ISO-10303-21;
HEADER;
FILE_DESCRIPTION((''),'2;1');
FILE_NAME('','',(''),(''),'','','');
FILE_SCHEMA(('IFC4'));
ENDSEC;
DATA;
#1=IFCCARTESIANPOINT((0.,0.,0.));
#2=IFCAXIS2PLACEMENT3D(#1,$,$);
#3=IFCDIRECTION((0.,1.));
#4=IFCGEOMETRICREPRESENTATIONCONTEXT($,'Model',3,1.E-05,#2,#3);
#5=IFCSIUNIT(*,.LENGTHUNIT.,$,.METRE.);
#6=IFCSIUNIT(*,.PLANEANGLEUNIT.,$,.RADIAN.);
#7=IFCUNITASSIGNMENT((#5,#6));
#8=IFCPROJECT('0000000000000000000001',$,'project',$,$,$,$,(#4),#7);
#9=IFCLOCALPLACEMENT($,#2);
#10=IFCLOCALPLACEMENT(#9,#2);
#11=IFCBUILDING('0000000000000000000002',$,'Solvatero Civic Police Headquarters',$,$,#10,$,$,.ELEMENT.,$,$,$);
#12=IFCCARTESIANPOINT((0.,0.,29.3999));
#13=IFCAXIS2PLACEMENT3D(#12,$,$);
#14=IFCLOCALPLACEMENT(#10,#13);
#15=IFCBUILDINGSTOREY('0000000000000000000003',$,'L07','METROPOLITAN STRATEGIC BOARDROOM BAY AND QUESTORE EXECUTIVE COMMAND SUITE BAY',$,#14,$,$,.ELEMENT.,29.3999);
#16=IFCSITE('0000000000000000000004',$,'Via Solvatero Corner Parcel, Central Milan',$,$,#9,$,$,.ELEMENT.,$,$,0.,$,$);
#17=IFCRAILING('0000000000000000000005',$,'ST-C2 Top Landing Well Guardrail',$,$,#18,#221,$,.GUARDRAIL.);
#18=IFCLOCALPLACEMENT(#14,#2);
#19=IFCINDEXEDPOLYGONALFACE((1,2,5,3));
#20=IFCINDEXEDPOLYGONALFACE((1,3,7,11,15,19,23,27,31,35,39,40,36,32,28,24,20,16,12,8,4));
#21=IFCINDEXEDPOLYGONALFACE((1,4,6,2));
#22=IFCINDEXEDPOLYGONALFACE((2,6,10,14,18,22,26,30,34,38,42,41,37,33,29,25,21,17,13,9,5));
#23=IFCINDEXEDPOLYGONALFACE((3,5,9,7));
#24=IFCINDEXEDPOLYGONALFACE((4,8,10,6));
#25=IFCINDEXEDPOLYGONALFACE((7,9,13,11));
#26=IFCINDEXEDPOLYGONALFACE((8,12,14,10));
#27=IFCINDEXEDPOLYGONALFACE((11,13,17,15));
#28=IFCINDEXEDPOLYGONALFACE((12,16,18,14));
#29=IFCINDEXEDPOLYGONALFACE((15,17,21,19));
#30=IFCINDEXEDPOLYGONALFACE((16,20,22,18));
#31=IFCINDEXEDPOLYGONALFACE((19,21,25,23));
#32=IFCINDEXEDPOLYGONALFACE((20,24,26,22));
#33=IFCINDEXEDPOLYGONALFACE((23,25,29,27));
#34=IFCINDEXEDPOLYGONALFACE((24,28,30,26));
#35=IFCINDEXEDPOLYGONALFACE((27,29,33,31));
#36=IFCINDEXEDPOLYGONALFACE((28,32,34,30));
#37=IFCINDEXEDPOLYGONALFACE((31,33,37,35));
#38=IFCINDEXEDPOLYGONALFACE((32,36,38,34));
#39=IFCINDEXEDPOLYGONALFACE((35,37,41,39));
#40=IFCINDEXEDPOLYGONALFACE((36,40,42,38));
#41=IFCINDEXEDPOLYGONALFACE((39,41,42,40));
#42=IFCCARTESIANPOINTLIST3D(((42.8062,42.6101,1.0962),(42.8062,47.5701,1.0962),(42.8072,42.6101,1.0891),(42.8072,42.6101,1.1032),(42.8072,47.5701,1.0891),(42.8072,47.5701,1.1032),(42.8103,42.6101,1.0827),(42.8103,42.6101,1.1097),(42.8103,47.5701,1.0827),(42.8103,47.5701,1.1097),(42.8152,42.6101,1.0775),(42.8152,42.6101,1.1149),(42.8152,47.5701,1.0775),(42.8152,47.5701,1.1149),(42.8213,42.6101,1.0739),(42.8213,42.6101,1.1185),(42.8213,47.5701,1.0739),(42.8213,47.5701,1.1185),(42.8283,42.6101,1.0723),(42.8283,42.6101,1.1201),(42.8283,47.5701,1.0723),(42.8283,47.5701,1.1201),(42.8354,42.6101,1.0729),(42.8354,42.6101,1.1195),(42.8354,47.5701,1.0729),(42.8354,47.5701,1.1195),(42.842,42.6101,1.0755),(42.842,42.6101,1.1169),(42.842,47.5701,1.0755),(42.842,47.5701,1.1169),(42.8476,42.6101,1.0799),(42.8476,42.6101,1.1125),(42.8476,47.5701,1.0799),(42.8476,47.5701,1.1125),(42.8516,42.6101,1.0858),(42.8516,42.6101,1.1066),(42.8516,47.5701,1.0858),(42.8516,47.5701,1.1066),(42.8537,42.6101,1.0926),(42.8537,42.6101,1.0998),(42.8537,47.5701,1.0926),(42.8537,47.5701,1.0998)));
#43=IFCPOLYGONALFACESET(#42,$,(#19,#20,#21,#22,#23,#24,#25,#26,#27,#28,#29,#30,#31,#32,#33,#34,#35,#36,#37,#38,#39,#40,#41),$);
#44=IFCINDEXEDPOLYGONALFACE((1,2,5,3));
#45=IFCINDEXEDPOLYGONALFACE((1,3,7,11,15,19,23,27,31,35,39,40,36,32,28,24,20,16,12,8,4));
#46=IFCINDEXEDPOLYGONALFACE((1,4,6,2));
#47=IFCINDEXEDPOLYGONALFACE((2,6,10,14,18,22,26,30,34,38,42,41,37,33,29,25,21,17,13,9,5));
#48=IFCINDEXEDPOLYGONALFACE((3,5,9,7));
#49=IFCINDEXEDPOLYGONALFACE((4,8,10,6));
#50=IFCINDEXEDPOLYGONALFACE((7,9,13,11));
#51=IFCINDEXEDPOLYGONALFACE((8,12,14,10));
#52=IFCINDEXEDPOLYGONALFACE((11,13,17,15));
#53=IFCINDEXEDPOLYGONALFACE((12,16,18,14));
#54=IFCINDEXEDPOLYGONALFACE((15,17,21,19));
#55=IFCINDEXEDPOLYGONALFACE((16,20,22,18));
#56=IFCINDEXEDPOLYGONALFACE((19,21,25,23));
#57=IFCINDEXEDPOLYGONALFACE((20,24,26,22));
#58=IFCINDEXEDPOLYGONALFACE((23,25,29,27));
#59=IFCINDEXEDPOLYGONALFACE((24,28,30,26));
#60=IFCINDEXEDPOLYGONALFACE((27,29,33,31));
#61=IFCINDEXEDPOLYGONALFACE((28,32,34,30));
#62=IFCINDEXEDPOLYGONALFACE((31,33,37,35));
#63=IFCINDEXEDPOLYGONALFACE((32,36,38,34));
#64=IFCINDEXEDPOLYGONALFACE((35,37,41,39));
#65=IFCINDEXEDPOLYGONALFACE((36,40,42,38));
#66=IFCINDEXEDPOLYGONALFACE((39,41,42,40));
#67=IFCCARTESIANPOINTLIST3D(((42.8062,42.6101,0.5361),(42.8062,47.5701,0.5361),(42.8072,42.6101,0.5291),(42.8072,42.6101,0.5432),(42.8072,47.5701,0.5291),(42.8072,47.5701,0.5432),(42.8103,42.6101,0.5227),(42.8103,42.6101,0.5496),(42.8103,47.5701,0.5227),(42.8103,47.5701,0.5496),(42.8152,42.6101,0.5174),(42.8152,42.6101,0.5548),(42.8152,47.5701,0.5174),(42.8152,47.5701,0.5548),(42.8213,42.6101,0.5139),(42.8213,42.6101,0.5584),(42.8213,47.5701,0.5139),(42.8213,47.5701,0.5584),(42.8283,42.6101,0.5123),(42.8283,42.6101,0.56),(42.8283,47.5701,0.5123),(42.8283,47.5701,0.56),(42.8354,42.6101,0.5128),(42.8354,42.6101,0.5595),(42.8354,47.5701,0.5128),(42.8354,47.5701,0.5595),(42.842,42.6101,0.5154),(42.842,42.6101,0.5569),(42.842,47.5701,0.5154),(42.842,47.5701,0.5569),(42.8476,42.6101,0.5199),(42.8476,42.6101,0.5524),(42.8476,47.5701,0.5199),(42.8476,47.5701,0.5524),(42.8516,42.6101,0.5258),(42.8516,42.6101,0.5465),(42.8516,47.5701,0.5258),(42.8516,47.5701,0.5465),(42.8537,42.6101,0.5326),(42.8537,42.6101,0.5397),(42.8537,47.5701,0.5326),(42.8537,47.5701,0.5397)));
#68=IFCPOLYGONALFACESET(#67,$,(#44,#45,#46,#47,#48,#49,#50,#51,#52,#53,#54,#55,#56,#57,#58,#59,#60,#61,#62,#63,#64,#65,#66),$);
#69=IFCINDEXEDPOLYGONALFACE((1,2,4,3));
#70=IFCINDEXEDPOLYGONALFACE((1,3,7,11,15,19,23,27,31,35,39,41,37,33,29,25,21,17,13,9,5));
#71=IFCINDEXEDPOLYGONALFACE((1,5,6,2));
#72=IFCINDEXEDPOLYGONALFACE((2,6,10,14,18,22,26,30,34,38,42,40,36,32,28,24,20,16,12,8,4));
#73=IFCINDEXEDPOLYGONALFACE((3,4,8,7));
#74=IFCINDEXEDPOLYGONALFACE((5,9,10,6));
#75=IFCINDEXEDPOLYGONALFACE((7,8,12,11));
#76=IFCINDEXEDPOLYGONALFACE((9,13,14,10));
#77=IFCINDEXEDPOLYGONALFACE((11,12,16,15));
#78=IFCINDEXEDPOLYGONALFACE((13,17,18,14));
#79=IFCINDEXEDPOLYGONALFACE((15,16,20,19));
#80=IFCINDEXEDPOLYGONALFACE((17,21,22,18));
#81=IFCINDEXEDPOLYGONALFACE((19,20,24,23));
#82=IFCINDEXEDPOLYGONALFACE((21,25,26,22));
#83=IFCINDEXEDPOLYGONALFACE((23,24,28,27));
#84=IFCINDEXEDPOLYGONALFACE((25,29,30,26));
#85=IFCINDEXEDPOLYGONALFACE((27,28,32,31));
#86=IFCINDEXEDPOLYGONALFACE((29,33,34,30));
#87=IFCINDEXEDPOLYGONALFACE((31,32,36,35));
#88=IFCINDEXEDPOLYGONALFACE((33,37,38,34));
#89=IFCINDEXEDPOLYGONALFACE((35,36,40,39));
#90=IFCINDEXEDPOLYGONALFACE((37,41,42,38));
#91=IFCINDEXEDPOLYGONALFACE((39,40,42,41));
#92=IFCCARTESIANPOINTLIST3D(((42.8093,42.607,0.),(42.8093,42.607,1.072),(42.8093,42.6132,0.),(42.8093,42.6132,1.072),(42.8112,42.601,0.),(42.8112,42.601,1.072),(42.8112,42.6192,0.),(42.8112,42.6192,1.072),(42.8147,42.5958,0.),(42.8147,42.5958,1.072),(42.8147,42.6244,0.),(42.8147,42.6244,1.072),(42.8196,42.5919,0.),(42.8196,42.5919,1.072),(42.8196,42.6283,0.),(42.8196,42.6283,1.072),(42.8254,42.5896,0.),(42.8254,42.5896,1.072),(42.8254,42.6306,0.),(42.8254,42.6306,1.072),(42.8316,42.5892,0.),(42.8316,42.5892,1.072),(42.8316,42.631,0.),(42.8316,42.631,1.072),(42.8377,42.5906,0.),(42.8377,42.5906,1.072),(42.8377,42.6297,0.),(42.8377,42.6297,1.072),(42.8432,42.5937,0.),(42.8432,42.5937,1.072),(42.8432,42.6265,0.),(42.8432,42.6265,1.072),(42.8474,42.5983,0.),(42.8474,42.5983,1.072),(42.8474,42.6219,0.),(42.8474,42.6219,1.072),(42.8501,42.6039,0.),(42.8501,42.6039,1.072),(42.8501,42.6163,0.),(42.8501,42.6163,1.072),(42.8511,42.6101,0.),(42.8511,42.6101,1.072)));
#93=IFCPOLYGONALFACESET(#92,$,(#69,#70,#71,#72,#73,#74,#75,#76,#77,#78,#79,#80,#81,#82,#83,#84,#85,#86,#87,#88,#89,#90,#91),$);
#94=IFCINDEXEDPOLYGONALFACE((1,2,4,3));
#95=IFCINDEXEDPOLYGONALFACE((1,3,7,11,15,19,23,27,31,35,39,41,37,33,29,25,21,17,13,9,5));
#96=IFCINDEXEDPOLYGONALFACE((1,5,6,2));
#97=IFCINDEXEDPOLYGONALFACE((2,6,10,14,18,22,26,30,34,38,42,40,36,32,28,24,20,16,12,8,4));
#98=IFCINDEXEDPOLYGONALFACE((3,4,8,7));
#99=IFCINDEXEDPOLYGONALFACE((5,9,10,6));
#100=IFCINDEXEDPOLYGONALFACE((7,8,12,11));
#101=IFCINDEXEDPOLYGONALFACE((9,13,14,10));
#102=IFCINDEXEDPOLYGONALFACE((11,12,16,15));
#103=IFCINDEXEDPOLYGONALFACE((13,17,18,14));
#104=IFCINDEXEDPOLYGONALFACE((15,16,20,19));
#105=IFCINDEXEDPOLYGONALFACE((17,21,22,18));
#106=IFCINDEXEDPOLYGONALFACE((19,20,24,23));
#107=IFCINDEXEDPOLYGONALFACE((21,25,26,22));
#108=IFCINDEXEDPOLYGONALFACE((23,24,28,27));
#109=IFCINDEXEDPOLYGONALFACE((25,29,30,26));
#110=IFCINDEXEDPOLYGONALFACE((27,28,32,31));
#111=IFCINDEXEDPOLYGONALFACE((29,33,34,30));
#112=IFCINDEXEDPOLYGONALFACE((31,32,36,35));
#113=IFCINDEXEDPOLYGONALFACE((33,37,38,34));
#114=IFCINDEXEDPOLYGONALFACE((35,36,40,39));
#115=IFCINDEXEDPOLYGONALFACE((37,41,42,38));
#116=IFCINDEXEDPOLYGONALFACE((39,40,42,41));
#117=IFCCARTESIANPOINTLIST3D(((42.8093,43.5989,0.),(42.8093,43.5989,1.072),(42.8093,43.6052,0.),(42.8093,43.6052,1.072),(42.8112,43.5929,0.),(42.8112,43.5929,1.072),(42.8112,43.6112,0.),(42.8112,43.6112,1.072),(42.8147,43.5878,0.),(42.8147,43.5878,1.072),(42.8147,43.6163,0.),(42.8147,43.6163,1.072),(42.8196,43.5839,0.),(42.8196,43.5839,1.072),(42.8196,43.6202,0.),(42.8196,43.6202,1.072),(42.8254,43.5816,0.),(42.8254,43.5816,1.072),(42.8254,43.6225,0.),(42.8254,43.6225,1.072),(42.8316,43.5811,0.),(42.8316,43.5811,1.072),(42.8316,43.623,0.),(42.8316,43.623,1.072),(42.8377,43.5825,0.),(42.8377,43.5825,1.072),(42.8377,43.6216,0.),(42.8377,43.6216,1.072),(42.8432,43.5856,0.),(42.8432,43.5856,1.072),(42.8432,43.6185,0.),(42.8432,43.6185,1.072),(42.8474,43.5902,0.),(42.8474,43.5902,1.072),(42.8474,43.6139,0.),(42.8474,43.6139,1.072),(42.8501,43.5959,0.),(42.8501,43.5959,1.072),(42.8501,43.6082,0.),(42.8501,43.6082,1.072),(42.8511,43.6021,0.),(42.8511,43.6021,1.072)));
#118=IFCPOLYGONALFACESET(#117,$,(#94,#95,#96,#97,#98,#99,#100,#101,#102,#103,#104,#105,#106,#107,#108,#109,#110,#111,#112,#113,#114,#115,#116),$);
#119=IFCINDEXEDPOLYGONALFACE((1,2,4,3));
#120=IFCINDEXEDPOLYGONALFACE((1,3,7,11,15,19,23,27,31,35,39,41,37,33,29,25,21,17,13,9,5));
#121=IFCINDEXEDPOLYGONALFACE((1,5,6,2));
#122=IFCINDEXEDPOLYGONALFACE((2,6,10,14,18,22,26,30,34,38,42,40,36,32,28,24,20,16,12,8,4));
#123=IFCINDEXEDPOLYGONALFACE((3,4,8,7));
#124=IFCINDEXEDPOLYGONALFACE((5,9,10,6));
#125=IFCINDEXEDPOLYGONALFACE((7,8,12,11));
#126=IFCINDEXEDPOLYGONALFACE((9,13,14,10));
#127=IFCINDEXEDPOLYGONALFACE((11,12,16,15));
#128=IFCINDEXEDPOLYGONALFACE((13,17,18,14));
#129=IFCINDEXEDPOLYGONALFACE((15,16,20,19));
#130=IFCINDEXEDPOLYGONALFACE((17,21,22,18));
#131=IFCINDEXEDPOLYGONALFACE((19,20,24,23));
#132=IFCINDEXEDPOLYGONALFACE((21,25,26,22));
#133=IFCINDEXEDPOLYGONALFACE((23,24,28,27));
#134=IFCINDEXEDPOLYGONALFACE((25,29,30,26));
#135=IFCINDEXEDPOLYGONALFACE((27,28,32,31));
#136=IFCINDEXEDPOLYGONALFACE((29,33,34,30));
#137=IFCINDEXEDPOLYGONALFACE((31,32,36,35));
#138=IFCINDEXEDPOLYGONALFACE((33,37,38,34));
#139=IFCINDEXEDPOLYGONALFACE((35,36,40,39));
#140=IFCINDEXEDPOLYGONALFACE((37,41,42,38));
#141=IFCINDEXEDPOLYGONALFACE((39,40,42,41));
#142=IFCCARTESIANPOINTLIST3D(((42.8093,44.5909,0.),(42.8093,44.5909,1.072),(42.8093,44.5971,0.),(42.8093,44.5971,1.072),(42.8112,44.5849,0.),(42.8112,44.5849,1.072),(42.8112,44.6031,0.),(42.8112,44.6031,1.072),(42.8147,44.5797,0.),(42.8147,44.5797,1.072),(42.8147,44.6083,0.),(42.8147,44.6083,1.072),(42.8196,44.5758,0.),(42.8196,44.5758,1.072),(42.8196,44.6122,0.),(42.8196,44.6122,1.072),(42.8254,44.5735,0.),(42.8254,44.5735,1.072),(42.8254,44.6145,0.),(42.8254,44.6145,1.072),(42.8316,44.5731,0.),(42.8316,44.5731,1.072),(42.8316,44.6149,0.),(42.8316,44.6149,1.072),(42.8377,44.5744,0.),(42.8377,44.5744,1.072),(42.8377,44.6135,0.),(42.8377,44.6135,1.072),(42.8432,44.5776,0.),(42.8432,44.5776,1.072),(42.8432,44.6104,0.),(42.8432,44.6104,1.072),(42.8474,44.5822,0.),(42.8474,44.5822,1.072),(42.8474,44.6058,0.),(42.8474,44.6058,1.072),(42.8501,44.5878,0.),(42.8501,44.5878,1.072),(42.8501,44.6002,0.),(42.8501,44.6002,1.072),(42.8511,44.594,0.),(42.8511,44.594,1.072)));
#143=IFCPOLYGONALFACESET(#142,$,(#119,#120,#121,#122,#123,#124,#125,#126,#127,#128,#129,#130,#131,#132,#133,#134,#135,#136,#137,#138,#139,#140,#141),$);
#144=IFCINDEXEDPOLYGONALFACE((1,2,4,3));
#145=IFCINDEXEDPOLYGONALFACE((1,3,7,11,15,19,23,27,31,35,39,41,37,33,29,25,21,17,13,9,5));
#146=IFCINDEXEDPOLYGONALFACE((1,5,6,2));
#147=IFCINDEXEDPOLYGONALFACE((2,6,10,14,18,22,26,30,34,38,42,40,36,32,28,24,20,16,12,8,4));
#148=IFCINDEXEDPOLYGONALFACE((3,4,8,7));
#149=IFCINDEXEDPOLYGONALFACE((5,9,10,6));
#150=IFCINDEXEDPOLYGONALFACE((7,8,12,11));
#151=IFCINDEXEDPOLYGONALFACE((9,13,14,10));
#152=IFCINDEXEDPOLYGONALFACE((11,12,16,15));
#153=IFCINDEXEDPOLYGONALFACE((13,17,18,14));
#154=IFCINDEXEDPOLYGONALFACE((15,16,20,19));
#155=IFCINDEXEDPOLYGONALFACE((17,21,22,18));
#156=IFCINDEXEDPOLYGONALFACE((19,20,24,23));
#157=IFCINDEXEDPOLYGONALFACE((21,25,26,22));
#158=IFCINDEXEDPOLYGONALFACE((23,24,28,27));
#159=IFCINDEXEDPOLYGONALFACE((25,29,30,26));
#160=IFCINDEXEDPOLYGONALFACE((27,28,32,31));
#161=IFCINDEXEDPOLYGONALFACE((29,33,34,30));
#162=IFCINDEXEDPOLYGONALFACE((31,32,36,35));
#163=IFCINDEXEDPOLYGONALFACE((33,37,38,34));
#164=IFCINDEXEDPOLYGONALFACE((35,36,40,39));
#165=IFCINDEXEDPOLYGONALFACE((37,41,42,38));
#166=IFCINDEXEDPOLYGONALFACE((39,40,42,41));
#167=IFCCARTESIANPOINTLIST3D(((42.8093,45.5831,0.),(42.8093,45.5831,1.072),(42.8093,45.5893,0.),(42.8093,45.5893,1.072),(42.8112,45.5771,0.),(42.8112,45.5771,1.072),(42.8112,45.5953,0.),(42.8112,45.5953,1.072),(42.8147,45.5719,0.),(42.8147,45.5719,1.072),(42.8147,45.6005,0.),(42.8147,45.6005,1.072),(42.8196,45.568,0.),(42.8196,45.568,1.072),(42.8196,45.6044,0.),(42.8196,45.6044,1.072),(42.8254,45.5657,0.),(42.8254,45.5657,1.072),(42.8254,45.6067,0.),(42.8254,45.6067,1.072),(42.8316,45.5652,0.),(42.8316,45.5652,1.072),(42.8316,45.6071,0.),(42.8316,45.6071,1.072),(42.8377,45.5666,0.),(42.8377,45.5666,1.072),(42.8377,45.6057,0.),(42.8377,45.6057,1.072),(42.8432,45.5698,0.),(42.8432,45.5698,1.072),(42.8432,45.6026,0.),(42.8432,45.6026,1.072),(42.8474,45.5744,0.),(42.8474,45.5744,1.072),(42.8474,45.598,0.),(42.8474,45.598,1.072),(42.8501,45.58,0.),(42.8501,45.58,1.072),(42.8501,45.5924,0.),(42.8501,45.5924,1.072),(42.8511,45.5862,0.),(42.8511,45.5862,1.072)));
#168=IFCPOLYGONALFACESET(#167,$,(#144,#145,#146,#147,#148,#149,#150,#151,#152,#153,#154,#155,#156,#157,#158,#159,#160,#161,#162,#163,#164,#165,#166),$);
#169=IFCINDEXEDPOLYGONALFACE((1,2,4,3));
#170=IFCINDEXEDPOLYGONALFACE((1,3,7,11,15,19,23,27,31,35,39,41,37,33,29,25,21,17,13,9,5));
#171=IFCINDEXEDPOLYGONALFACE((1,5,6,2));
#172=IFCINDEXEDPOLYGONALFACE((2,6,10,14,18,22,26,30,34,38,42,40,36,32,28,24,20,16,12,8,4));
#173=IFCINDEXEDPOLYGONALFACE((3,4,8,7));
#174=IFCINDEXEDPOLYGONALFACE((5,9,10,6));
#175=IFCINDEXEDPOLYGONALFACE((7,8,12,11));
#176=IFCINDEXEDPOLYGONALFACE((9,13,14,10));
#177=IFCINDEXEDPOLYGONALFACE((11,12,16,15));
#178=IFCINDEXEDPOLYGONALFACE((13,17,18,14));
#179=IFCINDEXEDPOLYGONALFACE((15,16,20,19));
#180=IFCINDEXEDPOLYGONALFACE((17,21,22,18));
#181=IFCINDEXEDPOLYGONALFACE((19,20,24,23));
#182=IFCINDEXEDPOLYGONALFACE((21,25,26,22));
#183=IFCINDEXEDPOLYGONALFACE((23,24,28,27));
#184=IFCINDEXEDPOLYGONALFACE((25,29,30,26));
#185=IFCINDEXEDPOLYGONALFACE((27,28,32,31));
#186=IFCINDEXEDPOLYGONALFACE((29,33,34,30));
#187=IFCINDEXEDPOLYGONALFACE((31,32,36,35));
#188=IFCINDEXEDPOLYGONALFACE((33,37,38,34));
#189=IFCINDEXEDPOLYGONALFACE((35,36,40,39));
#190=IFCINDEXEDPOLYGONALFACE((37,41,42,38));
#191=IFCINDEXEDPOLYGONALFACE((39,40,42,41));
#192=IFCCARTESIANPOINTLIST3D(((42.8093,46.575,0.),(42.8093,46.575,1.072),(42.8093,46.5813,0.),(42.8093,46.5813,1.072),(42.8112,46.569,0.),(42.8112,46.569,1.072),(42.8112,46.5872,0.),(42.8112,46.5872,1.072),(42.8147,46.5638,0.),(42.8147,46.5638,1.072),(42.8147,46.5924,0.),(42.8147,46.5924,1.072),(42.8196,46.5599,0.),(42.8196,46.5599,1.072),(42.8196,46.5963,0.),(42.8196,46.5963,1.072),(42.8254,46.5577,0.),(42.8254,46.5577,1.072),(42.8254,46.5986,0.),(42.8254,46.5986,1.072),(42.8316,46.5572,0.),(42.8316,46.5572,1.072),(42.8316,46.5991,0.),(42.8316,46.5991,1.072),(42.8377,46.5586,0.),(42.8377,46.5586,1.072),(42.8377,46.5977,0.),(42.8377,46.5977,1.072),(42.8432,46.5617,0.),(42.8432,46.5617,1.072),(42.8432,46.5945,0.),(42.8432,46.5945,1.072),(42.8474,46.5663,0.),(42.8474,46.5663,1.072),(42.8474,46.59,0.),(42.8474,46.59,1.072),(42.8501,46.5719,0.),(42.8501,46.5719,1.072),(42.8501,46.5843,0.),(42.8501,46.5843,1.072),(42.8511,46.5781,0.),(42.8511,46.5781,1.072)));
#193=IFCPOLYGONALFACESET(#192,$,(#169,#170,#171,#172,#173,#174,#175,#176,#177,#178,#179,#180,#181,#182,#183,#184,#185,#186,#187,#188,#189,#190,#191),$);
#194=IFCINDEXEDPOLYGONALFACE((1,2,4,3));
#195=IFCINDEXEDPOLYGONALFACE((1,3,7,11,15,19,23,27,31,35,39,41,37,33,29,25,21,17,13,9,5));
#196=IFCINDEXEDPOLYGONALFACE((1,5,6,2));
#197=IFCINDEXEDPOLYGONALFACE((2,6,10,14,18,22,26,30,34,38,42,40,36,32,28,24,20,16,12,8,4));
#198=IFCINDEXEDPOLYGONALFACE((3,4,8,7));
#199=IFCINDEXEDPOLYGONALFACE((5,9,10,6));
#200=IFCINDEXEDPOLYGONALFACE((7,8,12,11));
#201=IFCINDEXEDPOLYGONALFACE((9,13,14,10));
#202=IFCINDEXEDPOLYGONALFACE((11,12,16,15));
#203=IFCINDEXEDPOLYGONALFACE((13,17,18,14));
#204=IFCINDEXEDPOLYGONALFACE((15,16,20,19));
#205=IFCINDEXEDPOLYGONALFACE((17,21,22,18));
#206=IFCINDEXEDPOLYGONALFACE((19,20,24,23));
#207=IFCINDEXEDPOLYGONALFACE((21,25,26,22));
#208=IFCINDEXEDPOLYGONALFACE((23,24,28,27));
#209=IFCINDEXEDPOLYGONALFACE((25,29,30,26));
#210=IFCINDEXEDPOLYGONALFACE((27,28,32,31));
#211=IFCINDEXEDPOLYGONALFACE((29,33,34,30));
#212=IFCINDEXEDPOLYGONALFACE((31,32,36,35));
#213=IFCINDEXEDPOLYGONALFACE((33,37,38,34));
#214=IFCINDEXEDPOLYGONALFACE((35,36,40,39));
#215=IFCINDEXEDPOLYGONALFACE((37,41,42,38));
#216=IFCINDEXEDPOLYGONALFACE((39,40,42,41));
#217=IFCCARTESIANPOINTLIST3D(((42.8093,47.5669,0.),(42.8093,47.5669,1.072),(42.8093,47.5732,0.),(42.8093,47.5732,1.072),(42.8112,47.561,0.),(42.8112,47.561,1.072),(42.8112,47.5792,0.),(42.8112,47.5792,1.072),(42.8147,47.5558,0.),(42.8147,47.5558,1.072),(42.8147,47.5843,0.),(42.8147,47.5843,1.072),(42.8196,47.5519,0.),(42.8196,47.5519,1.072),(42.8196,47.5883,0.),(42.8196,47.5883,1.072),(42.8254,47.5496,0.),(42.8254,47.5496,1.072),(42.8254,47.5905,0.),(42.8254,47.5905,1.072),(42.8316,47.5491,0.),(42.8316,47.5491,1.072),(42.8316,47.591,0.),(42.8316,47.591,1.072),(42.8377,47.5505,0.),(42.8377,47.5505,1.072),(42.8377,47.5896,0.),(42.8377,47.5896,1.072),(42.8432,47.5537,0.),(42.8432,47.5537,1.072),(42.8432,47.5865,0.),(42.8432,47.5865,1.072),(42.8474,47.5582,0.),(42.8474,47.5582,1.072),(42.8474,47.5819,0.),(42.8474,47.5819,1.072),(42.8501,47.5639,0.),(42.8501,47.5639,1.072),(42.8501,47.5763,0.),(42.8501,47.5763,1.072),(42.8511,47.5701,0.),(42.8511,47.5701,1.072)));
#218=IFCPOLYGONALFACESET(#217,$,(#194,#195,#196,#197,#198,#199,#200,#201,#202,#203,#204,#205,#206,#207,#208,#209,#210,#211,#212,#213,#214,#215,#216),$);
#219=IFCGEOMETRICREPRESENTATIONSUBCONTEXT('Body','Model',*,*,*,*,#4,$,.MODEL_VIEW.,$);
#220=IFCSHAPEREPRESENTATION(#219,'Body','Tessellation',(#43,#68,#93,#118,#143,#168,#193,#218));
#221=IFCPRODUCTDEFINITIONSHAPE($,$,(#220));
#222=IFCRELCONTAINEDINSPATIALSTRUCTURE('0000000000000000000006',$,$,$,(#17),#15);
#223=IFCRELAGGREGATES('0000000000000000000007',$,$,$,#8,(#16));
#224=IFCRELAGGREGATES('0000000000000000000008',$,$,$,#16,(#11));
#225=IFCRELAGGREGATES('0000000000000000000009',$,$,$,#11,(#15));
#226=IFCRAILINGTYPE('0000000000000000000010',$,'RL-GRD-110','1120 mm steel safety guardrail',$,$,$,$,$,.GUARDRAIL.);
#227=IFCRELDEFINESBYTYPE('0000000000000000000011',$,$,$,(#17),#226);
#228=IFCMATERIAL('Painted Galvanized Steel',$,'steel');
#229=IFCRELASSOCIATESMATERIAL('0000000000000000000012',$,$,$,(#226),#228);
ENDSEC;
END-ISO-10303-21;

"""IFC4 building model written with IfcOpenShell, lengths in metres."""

from ifc_helpers import new_model, si_unit, direction, frame, origin, origin_2d, place, context, subcontext, project, spatial, circle, extrude, material, type_object, element, save


model = new_model("IFC4")

# Units and contexts
model_context = context("Model", 3, precision=1e-05, world=origin(), true_north=direction((0.0, 1.0)))
body_context = subcontext(model_context, "Body", "Model", "MODEL_VIEW")
ifc_project = project(units=[si_unit("LENGTHUNIT", "METRE"), si_unit("PLANEANGLEUNIT", "RADIAN")], contexts=[model_context])

# Site, building, storey
site_placement = place(None, origin())
site = spatial("IfcSite", under=ifc_project, at=site_placement, Name="Via Solvatero Corner Parcel, Central Milan", CompositionType="ELEMENT", RefElevation=0.0)
building_placement = place(site_placement, origin())
building = spatial("IfcBuilding", under=site, at=building_placement, Name="Solvatero Civic Police Headquarters", CompositionType="ELEMENT")
storey_placement = place(building_placement, frame((0.0, 0.0, 29.3999)))
storey = spatial("IfcBuildingStorey", under=building, at=storey_placement, Name="L07", Description="METROPOLITAN STRATEGIC BOARDROOM BAY AND QUESTORE EXECUTIVE COMMAND SUITE BAY", CompositionType="ELEMENT", Elevation=29.3999)

# Railing
ifc_material_1 = material(Name="Painted Galvanized Steel", Category="steel")
railing_type = type_object("IfcRailingType", Name="RL-GRD-110", Description="1120 mm steel safety guardrail", PredefinedType="GUARDRAIL", material=ifc_material_1)
railing_1_placement = place(storey_placement, frame((42.8301, 42.6101, 0.0)))
element("IfcRailing", 1, at=railing_1_placement, inside=storey, type_object=railing_type, Name="ST-C2 Top Landing Well Guardrail", PredefinedType="GUARDRAIL", context=body_context, shape_type="SweptSolid", body=[
    extrude(circle(Radius=0.0239, at=origin_2d()), frame((0.0, 0.0, 1.0962), z_axis=(0.0, 1.0, 0.0), x_axis=(-1.0, 0.0, 0.0)), (0.0, 0.0, 1.0), 4.96),
    extrude(circle(Radius=0.0239, at=origin_2d()), frame((0.0, 0.0, 0.5361), z_axis=(0.0, 1.0, 0.0), x_axis=(-1.0, 0.0, 0.0)), (0.0, 0.0, 1.0), 4.96),
    extrude(circle(Radius=0.021, at=origin_2d()), origin(), (0.0, 0.0, 1.0), 1.072),
    extrude(circle(Radius=0.021, at=origin_2d()), frame((0.0, 0.9919, 0.0)), (0.0, 0.0, 1.0), 1.072),
    extrude(circle(Radius=0.021, at=origin_2d()), frame((0.0, 1.9839, 0.0)), (0.0, 0.0, 1.0), 1.072),
    extrude(circle(Radius=0.021, at=origin_2d()), frame((0.0, 2.9761, 0.0)), (0.0, 0.0, 1.0), 1.072),
    extrude(circle(Radius=0.021, at=origin_2d()), frame((0.0, 3.968, 0.0)), (0.0, 0.0, 1.0), 1.072),
    extrude(circle(Radius=0.021, at=origin_2d()), frame((0.0, 4.96, 0.0)), (0.0, 0.0, 1.0), 1.072),
])

save(model, "model.ifc")
